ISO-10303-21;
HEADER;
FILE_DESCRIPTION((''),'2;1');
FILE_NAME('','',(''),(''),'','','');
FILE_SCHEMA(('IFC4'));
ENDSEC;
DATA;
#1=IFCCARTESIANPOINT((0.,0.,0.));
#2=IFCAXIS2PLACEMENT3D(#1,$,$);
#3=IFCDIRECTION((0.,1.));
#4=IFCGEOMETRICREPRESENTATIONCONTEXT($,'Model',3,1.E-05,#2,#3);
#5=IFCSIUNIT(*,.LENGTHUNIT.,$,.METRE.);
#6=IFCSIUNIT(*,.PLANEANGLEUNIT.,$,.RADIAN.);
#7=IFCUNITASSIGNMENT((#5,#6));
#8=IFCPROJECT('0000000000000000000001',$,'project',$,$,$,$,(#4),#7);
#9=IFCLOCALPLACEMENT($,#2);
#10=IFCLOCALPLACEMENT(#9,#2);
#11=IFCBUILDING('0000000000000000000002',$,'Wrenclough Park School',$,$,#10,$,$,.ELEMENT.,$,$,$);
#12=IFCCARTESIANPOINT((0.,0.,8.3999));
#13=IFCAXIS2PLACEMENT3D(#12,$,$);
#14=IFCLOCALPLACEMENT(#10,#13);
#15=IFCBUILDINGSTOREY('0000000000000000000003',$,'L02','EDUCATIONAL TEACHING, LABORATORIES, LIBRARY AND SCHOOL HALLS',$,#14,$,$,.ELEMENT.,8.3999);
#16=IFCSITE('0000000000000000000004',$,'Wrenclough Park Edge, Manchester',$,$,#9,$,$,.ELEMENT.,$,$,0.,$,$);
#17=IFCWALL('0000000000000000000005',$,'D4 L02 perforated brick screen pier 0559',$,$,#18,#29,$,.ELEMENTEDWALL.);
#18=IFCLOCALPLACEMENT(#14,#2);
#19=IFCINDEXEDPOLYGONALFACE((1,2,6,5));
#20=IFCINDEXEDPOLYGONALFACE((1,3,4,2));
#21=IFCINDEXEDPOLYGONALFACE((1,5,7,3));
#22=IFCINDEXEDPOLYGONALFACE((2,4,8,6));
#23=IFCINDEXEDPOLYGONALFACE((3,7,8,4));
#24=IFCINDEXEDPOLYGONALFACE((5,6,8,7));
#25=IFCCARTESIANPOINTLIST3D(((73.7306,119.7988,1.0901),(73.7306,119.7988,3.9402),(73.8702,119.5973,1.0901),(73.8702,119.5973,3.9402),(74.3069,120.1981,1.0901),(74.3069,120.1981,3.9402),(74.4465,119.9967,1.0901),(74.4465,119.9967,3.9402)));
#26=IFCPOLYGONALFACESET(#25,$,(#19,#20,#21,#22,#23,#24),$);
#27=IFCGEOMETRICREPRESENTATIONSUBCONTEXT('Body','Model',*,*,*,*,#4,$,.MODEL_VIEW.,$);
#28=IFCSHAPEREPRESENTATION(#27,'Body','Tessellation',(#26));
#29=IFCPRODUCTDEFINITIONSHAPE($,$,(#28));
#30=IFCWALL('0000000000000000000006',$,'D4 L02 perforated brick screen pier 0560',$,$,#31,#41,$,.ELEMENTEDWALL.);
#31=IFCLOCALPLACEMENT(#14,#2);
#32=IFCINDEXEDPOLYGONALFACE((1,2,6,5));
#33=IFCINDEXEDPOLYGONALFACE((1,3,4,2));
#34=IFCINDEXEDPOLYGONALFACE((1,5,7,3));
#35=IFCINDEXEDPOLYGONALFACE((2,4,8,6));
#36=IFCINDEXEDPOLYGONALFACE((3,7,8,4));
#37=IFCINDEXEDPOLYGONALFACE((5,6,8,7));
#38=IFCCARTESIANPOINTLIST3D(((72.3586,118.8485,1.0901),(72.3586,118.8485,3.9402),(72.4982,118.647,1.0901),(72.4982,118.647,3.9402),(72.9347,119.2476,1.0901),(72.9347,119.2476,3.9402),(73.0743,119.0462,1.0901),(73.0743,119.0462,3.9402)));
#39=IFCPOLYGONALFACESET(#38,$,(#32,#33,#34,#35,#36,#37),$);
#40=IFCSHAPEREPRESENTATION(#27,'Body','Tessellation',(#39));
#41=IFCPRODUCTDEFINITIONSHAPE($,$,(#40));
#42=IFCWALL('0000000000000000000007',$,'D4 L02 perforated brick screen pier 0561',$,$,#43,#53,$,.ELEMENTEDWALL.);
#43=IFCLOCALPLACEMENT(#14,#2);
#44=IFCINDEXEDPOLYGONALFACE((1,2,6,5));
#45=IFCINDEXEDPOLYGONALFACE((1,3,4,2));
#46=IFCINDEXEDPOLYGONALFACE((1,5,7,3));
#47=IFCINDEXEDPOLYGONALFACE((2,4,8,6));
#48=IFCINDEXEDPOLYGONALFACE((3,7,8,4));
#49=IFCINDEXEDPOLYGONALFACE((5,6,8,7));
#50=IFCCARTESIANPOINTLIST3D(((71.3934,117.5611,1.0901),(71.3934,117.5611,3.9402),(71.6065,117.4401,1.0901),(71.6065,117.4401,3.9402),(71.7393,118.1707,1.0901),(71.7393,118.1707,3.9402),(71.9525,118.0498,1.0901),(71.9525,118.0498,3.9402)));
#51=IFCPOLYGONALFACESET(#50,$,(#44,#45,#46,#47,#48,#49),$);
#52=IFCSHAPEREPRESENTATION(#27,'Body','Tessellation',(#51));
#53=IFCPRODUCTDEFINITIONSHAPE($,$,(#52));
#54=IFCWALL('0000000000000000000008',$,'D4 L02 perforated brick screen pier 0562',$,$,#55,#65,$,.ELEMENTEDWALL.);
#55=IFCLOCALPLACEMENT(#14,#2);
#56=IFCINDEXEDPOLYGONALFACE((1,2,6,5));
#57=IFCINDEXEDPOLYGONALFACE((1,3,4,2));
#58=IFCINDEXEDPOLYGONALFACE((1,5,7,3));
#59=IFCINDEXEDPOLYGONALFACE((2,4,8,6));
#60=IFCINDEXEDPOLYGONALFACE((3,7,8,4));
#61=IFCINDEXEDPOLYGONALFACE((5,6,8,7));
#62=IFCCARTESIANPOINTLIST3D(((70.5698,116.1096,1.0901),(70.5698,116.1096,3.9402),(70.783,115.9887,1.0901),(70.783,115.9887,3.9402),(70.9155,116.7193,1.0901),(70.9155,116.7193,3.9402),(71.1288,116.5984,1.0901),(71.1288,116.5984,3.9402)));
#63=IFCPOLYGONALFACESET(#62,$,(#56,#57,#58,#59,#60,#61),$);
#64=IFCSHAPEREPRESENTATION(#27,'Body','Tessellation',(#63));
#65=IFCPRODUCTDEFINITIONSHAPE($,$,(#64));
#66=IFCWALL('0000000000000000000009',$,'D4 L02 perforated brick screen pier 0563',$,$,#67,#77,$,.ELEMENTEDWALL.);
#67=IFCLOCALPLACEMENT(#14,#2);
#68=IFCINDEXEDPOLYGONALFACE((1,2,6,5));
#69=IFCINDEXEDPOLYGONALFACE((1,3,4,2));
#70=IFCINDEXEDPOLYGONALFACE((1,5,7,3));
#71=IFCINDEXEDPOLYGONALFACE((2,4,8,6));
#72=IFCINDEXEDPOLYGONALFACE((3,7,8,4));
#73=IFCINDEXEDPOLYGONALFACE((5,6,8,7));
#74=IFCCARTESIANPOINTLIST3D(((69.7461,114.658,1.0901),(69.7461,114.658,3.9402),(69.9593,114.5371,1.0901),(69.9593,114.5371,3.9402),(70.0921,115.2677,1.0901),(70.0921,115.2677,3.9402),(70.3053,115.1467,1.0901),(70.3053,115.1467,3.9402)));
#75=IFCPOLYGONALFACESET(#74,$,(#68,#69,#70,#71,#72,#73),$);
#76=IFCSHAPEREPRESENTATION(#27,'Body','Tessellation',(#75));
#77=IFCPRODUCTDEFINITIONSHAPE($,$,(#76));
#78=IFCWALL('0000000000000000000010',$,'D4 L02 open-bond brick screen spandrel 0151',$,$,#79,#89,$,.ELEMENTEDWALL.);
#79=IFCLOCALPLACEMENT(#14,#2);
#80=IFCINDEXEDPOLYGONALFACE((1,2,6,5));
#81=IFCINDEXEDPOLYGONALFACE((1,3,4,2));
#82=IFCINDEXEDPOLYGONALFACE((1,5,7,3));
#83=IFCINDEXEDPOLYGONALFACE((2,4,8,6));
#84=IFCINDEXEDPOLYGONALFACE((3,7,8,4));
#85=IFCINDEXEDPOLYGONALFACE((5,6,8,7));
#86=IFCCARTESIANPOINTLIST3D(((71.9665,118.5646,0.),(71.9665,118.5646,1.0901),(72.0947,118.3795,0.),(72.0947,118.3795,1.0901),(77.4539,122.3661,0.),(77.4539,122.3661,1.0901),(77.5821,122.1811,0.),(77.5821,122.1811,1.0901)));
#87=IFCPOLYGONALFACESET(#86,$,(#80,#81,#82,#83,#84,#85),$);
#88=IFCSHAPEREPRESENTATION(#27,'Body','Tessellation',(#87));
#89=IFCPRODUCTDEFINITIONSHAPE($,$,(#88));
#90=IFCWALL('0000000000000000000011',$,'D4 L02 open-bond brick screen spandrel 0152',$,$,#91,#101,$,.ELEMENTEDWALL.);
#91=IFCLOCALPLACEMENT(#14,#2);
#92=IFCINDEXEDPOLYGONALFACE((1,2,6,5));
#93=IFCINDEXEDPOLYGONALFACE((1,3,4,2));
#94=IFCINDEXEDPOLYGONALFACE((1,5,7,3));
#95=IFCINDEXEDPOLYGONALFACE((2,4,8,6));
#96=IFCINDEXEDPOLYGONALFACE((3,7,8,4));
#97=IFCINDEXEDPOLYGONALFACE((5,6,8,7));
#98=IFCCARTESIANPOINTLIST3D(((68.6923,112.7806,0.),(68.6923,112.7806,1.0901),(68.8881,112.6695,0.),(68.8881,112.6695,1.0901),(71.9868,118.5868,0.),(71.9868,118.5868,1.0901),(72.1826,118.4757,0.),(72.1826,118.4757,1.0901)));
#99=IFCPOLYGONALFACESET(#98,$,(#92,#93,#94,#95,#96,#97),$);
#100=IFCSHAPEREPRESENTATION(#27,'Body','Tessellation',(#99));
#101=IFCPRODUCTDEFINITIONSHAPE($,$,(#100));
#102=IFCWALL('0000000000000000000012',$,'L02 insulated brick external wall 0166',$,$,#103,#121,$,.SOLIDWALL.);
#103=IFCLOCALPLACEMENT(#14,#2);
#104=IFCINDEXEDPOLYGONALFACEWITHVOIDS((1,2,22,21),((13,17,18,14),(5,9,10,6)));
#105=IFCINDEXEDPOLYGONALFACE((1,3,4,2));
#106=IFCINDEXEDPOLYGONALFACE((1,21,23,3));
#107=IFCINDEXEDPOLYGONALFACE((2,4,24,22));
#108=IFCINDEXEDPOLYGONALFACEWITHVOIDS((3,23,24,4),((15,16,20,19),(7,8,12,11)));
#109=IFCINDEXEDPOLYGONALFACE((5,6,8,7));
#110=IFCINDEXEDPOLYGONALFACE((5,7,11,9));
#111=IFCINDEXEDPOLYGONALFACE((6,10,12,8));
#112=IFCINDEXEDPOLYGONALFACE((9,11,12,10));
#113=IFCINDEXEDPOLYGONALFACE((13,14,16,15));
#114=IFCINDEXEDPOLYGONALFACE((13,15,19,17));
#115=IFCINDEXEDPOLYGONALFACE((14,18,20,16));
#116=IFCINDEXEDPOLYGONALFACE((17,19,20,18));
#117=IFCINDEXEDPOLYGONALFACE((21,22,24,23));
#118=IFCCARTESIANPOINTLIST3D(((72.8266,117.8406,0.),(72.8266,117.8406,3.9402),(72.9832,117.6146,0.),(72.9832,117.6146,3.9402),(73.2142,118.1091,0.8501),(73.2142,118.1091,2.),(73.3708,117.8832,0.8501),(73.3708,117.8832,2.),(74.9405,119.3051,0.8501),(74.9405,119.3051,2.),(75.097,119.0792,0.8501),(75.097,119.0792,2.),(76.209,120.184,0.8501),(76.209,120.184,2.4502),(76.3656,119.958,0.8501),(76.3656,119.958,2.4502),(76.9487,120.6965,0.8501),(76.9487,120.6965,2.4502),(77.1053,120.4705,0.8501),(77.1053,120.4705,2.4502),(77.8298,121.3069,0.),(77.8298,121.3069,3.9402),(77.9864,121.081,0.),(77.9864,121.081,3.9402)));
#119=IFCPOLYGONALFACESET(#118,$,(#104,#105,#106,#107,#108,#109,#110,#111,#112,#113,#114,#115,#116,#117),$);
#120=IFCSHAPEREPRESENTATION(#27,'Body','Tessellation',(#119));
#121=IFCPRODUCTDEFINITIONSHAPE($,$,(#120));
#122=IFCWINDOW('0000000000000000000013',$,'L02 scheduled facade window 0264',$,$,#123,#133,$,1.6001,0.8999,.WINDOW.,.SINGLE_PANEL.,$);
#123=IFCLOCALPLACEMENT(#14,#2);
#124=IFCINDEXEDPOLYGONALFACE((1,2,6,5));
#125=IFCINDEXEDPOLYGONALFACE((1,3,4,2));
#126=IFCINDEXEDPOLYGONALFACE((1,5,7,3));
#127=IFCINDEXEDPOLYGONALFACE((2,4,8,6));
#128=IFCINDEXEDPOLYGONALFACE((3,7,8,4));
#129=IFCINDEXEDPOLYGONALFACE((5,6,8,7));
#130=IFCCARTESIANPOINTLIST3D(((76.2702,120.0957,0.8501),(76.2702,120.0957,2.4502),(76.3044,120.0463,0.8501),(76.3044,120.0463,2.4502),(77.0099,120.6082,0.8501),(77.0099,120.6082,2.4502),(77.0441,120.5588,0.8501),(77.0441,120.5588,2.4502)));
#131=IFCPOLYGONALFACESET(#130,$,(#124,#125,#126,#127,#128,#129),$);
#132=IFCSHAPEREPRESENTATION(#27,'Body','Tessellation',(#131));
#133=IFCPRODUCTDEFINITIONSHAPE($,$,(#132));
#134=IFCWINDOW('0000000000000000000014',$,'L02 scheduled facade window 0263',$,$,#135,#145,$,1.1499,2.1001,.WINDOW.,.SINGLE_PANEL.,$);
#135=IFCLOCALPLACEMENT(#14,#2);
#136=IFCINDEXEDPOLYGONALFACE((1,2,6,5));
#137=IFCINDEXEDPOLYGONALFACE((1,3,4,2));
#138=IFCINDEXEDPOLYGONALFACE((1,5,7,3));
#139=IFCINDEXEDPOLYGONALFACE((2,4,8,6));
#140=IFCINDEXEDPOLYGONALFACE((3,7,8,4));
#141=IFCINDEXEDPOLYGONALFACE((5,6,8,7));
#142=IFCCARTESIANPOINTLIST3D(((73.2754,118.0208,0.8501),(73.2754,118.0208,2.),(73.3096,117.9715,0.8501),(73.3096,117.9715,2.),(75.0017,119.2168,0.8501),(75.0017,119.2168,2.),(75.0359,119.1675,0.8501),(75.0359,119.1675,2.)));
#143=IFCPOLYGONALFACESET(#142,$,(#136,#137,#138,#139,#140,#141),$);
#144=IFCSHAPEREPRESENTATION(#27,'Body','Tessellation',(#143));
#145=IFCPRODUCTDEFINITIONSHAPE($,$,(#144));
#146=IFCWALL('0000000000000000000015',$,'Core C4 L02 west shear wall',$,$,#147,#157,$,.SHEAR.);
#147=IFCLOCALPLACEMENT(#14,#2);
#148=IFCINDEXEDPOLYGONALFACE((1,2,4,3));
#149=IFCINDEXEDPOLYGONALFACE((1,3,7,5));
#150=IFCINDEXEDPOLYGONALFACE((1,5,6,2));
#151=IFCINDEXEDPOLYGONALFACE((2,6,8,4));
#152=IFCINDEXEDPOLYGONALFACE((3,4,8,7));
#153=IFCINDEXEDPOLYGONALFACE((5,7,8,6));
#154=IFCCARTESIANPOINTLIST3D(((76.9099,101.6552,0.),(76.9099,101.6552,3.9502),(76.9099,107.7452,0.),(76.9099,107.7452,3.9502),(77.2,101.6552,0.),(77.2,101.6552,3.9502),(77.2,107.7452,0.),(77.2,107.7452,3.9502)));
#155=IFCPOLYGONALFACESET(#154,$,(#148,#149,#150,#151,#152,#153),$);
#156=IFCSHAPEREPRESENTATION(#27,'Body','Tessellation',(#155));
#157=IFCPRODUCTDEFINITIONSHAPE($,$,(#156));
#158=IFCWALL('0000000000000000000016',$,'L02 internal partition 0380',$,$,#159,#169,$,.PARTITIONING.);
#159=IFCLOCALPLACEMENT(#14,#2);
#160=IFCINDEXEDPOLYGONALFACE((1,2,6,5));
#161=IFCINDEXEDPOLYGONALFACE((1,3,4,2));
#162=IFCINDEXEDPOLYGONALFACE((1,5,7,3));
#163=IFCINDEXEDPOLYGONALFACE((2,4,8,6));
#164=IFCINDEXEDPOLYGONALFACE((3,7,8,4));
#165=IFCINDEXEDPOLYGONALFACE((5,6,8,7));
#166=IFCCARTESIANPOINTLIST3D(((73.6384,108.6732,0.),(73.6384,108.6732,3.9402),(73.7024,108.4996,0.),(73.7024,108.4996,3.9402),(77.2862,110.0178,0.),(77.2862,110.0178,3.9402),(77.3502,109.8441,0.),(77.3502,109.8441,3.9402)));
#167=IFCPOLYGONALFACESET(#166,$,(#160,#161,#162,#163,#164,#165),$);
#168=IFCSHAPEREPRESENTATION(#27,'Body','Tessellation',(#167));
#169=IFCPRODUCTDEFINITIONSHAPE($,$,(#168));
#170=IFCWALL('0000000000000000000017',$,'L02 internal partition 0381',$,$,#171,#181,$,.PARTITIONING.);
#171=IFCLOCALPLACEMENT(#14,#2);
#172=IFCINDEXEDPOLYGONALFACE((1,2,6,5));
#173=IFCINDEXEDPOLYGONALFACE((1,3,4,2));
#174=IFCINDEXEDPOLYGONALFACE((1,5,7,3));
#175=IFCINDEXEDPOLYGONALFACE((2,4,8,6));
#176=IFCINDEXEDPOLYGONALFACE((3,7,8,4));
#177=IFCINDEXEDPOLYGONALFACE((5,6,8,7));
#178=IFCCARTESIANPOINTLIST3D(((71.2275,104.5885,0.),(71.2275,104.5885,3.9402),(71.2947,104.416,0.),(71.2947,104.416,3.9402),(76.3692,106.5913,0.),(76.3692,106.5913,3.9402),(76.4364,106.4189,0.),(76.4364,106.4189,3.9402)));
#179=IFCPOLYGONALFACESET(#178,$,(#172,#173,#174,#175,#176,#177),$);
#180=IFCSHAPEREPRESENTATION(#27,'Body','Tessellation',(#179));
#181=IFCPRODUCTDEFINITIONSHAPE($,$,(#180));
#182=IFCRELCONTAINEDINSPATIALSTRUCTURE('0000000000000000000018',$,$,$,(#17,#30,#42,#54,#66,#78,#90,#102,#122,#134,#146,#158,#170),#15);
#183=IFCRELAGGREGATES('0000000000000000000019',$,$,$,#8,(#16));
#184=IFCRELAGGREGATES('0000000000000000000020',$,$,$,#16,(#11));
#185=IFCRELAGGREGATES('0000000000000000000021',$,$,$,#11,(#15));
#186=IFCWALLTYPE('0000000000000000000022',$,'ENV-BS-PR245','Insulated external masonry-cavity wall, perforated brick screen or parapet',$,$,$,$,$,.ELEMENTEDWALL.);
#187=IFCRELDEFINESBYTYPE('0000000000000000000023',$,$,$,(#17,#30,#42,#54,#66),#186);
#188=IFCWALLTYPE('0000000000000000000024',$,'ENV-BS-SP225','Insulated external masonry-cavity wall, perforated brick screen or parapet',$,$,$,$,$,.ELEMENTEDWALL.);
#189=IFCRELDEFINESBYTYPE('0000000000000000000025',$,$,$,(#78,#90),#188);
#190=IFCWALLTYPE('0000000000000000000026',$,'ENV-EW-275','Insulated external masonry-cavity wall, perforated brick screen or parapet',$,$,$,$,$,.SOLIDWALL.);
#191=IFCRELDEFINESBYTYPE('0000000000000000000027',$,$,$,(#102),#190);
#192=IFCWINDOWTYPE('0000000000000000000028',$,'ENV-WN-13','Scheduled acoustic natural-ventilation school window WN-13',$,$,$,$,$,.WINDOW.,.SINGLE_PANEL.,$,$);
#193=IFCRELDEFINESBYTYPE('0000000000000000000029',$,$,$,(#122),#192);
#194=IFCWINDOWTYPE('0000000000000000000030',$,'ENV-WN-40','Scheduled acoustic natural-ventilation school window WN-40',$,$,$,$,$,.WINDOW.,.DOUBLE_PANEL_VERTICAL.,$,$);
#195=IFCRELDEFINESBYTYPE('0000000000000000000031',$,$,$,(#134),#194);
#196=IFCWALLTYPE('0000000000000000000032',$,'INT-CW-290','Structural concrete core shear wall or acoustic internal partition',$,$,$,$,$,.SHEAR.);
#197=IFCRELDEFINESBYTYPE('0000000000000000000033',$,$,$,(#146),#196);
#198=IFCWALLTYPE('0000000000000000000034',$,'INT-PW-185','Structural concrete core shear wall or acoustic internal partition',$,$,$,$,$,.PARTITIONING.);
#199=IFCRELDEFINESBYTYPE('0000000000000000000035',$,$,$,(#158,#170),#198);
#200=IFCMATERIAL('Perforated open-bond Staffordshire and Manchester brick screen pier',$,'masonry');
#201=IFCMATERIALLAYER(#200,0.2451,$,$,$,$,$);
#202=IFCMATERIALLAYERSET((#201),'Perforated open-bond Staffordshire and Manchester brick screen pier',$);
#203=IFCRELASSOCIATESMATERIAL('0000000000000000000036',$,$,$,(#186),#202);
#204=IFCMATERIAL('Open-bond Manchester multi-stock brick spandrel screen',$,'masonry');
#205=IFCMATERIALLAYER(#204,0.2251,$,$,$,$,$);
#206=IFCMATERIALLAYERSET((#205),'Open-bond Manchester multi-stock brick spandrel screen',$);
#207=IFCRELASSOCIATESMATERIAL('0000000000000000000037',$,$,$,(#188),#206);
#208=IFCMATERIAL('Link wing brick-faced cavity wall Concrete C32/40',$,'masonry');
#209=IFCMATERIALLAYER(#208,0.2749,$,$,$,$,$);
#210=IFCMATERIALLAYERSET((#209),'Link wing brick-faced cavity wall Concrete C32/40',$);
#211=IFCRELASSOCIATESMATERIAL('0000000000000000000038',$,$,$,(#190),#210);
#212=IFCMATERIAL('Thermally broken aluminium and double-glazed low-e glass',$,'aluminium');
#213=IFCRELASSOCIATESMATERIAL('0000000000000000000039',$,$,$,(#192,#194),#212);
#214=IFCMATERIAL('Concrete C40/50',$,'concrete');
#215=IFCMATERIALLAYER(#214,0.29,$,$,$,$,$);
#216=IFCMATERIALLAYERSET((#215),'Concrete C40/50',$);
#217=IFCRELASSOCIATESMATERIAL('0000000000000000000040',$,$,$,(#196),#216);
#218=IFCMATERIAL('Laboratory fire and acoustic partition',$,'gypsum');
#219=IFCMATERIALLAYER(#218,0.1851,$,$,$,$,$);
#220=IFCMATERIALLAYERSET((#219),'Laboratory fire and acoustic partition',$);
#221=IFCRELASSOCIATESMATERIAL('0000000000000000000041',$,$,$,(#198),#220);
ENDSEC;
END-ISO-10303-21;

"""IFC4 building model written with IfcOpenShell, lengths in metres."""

from ifc_helpers import new_model, si_unit, direction, frame, frame_2d, origin, place, context, subcontext, project, spatial, rectangle, extrude, material, layer, layer_set, type_object, element, fill, save


model = new_model("IFC4")

# Units and contexts
model_context = context("Model", 3, precision=1e-05, world=origin(), true_north=direction((0.0, 1.0)))
body_context = subcontext(model_context, "Body", "Model", "MODEL_VIEW")
ifc_project = project(units=[si_unit("LENGTHUNIT", "METRE"), si_unit("PLANEANGLEUNIT", "RADIAN")], contexts=[model_context])

# Site, building, storey
site_placement = place(None, origin())
site = spatial("IfcSite", under=ifc_project, at=site_placement, Name="Wrenclough Park Edge, Manchester", CompositionType="ELEMENT", RefElevation=0.0)
building_placement = place(site_placement, origin())
building = spatial("IfcBuilding", under=site, at=building_placement, Name="Wrenclough Park School", CompositionType="ELEMENT")
storey_placement = place(building_placement, frame((0.0, 0.0, 8.3999)))
storey = spatial("IfcBuildingStorey", under=building, at=storey_placement, Name="L02", Description="EDUCATIONAL TEACHING, LABORATORIES, LIBRARY AND SCHOOL HALLS", CompositionType="ELEMENT", Elevation=8.3999)

# Walls
ifc_material_1 = material(Name="Perforated open-bond Staffordshire and Manchester brick screen pier", Category="masonry")
ifc_layer_1 = layer(ifc_material_1, 0.2451)
ifc_layer_set_1 = layer_set([ifc_layer_1], Name="Perforated open-bond Staffordshire and Manchester brick screen pier")
wall_type_1 = type_object("IfcWallType", Name="ENV-BS-PR245", Description="Insulated external masonry-cavity wall, perforated brick screen or parapet", PredefinedType="ELEMENTEDWALL", material=ifc_layer_set_1)
wall_1_placement = place(storey_placement, frame((74.3767, 120.0974, 1.0901), z_axis=(0.0, 0.0, 1.0), x_axis=(-0.821954, -0.569554, 0.0)))
element("IfcWall", 1, at=wall_1_placement, inside=storey, type_object=wall_type_1, Name="D4 L02 perforated brick screen pier 0559", PredefinedType="ELEMENTEDWALL", context=body_context, shape_type="SweptSolid", body=[
    extrude(rectangle(XDim=0.7012, YDim=0.2451, at=frame_2d((0.3506, 0.0))), origin(), (0.0, 0.0, 1.0), 2.8501),
])
for number, where, z_axis, x_axis, name in (
    (2, (73.0046, 119.147, 1.0901), (0.0, 0.0, 1.0), (-0.822004, -0.569482, 0.0), "D4 L02 perforated brick screen pier 0560"),
    (3, (71.8459, 118.1104, 1.0901), (0.0, 0.0, 1.0), (-0.493549, -0.869718, 0.0), "D4 L02 perforated brick screen pier 0561"),
    (4, (71.0222, 116.6589, 1.0901), (0.0, 0.0, 1.0), (-0.493285, -0.869868, 0.0), "D4 L02 perforated brick screen pier 0562"),
    (5, (70.1987, 115.2073, 1.0901), (0.0, 0.0, 1.0), (-0.493549, -0.869718, 0.0), "D4 L02 perforated brick screen pier 0563"),
):
    element("IfcWall", number, at=place(storey_placement, frame(where, z_axis=z_axis, x_axis=x_axis)), inside=storey, type_object=wall_type_1, Name=name, PredefinedType="ELEMENTEDWALL", context=body_context, shape_type="SweptSolid", body=[
        extrude(rectangle(XDim=0.7009, YDim=0.2451, at=frame_2d((0.3506, 0.0))), origin(), (0.0, 0.0, 1.0), 2.8501),
    ])
ifc_material_2 = material(Name="Open-bond Manchester multi-stock brick spandrel screen", Category="masonry")
ifc_layer_2 = layer(ifc_material_2, 0.2251)
ifc_layer_set_2 = layer_set([ifc_layer_2], Name="Open-bond Manchester multi-stock brick spandrel screen")
wall_type_2 = type_object("IfcWallType", Name="ENV-BS-SP225", Description="Insulated external masonry-cavity wall, perforated brick screen or parapet", PredefinedType="ELEMENTEDWALL", material=ifc_layer_set_2)
wall_2_placement = place(storey_placement, frame((77.5181, 122.2737, 0.0), z_axis=(0.0, 0.0, 1.0), x_axis=(-0.822009, -0.569474, 0.0)))
element("IfcWall", 6, at=wall_2_placement, inside=storey, type_object=wall_type_2, Name="D4 L02 open-bond brick screen spandrel 0151", PredefinedType="ELEMENTEDWALL", context=body_context, shape_type="SweptSolid", body=[
    extrude(rectangle(XDim=6.6755, YDim=0.2251, at=frame_2d((3.3379, 0.0))), origin(), (0.0, 0.0, 1.0), 1.0901),
])
wall_3_placement = place(storey_placement, frame((72.0847, 118.5312, 0.0), z_axis=(0.0, 0.0, 1.0), x_axis=(-0.493498, -0.869747, 0.0)))
element("IfcWall", 7, at=wall_3_placement, inside=storey, type_object=wall_type_2, Name="D4 L02 open-bond brick screen spandrel 0152", PredefinedType="ELEMENTEDWALL", context=body_context, shape_type="SweptSolid", body=[
    extrude(rectangle(XDim=6.6758, YDim=0.2251, at=frame_2d((3.3379, 0.0))), origin(), (0.0, 0.0, 1.0), 1.0901),
])

# Wall, openings, windows
ifc_material_3 = material(Name="Link wing brick-faced cavity wall Concrete C32/40", Category="masonry")
ifc_layer_3 = layer(ifc_material_3, 0.2749)
ifc_layer_set_3 = layer_set([ifc_layer_3], Name="Link wing brick-faced cavity wall Concrete C32/40")
wall_type_3 = type_object("IfcWallType", Name="ENV-EW-275", Description="Insulated external masonry-cavity wall, perforated brick screen or parapet", PredefinedType="SOLIDWALL", material=ifc_layer_set_3)
wall_4_placement = place(storey_placement, frame((72.9048, 117.7275, 0.0), z_axis=(0.0, 0.0, 1.0), x_axis=(0.821994, 0.569496, 0.0)))
wall_4 = element("IfcWall", 8, at=wall_4_placement, inside=storey, type_object=wall_type_3, Name="L02 insulated brick external wall 0166", PredefinedType="SOLIDWALL", context=body_context, shape_type="SweptSolid", body=[
    extrude(rectangle(XDim=6.0867, YDim=0.2749, at=frame_2d((3.0435, 0.0))), origin(), (0.0, 0.0, 1.0), 3.9402),
])
opening_1_placement = place(wall_4_placement, frame((0.4717, 0.0, 0.8501)))
opening_1 = element("IfcOpeningElement", 9, at=opening_1_placement, cuts=wall_4, PredefinedType="OPENING", context=body_context, shape_type="SweptSolid", body=[
    extrude(rectangle(XDim=2.1001, YDim=1.1499, at=frame_2d((1.05, 0.575))), frame((0.0, 0.1475, 0.0), z_axis=(0.0, -1.0, 0.0), x_axis=(1.0, 0.0, 0.0)), (0.0, 0.0, 1.0), 0.2949),
])
opening_2_placement = place(wall_4_placement, frame((4.115, 0.0, 0.8501)))
opening_2 = element("IfcOpeningElement", 10, at=opening_2_placement, cuts=wall_4, PredefinedType="OPENING", context=body_context, shape_type="SweptSolid", body=[
    extrude(rectangle(XDim=0.8999, YDim=1.6001, at=frame_2d((0.45, 0.8))), frame((0.0, 0.1475, 0.0), z_axis=(0.0, -1.0, 0.0), x_axis=(1.0, 0.0, 0.0)), (0.0, 0.0, 1.0), 0.2949),
])
ifc_material_4 = material(Name="Thermally broken aluminium and double-glazed low-e glass", Category="aluminium")
window_type_1 = type_object("IfcWindowType", Name="ENV-WN-13", Description="Scheduled acoustic natural-ventilation school window WN-13", PartitioningType="SINGLE_PANEL", PredefinedType="WINDOW", material=ifc_material_4)
window_1_placement = place(opening_2_placement, origin())
window_1 = element("IfcWindow", 11, at=window_1_placement, inside=storey, type_object=window_type_1, Name="L02 scheduled facade window 0264", OverallHeight=1.6001, OverallWidth=0.8999, PartitioningType="SINGLE_PANEL", PredefinedType="WINDOW", context=body_context, shape_type="SweptSolid", body=[
    extrude(rectangle(XDim=0.8999, YDim=1.6001, at=frame_2d((0.45, 0.8))), frame((0.0, 0.03, 0.0), z_axis=(0.0, -1.0, 0.0), x_axis=(1.0, 0.0, 0.0)), (0.0, 0.0, 1.0), 0.0601),
])
fill(opening_2, window_1)
window_type_2 = type_object("IfcWindowType", Name="ENV-WN-40", Description="Scheduled acoustic natural-ventilation school window WN-40", PartitioningType="DOUBLE_PANEL_VERTICAL", PredefinedType="WINDOW", material=ifc_material_4)
window_2_placement = place(opening_1_placement, origin())
window_2 = element("IfcWindow", 12, at=window_2_placement, inside=storey, type_object=window_type_2, Name="L02 scheduled facade window 0263", OverallHeight=1.1499, OverallWidth=2.1001, PartitioningType="SINGLE_PANEL", PredefinedType="WINDOW", context=body_context, shape_type="SweptSolid", body=[
    extrude(rectangle(XDim=2.1001, YDim=1.1499, at=frame_2d((1.05, 0.575))), frame((0.0, 0.03, 0.0), z_axis=(0.0, -1.0, 0.0), x_axis=(1.0, 0.0, 0.0)), (0.0, 0.0, 1.0), 0.0601),
])
fill(opening_1, window_2)

# Walls
ifc_material_5 = material(Name="Concrete C40/50", Category="concrete")
ifc_layer_4 = layer(ifc_material_5, 0.29)
ifc_layer_set_4 = layer_set([ifc_layer_4], Name="Concrete C40/50")
wall_type_4 = type_object("IfcWallType", Name="INT-CW-290", Description="Structural concrete core shear wall or acoustic internal partition", PredefinedType="SHEAR", material=ifc_layer_set_4)
wall_5_placement = place(storey_placement, frame((77.0549, 107.7451, 0.0), z_axis=(0.0, 0.0, 1.0), x_axis=(0.0, -1.0, 0.0)))
element("IfcWall", 13, at=wall_5_placement, inside=storey, type_object=wall_type_4, Name="Core C4 L02 west shear wall", PredefinedType="SHEAR", context=body_context, shape_type="SweptSolid", body=[
    extrude(rectangle(XDim=6.0901, YDim=0.29, at=frame_2d((3.0449, 0.0))), origin(), (0.0, 0.0, 1.0), 3.9502),
])
ifc_material_6 = material(Name="Laboratory fire and acoustic partition", Category="gypsum")
ifc_layer_5 = layer(ifc_material_6, 0.1851)
ifc_layer_set_5 = layer_set([ifc_layer_5], Name="Laboratory fire and acoustic partition")
wall_type_5 = type_object("IfcWallType", Name="INT-PW-185", Description="Structural concrete core shear wall or acoustic internal partition", PredefinedType="PARTITIONING", material=ifc_layer_set_5)
wall_6_placement = place(storey_placement, frame((73.6704, 108.5864, 0.0), z_axis=(0.0, 0.0, 1.0), x_axis=(0.938294, 0.345839, 0.0)))
element("IfcWall", 14, at=wall_6_placement, inside=storey, type_object=wall_type_5, Name="L02 internal partition 0380", PredefinedType="PARTITIONING", context=body_context, shape_type="SweptSolid", body=[
    extrude(rectangle(XDim=3.8877, YDim=0.1851, at=frame_2d((1.9438, 0.0))), origin(), (0.0, 0.0, 1.0), 3.9402),
])
wall_7_placement = place(storey_placement, frame((76.4028, 106.5051, 0.0), z_axis=(0.0, 0.0, 1.0), x_axis=(-0.931801, -0.362969, 0.0)))
element("IfcWall", 15, at=wall_7_placement, inside=storey, type_object=wall_type_5, Name="L02 internal partition 0381", PredefinedType="PARTITIONING", context=body_context, shape_type="SweptSolid", body=[
    extrude(rectangle(XDim=5.5181, YDim=0.1851, at=frame_2d((2.759, 0.0))), origin(), (0.0, 0.0, 1.0), 3.9402),
])

save(model, "model.ifc")
